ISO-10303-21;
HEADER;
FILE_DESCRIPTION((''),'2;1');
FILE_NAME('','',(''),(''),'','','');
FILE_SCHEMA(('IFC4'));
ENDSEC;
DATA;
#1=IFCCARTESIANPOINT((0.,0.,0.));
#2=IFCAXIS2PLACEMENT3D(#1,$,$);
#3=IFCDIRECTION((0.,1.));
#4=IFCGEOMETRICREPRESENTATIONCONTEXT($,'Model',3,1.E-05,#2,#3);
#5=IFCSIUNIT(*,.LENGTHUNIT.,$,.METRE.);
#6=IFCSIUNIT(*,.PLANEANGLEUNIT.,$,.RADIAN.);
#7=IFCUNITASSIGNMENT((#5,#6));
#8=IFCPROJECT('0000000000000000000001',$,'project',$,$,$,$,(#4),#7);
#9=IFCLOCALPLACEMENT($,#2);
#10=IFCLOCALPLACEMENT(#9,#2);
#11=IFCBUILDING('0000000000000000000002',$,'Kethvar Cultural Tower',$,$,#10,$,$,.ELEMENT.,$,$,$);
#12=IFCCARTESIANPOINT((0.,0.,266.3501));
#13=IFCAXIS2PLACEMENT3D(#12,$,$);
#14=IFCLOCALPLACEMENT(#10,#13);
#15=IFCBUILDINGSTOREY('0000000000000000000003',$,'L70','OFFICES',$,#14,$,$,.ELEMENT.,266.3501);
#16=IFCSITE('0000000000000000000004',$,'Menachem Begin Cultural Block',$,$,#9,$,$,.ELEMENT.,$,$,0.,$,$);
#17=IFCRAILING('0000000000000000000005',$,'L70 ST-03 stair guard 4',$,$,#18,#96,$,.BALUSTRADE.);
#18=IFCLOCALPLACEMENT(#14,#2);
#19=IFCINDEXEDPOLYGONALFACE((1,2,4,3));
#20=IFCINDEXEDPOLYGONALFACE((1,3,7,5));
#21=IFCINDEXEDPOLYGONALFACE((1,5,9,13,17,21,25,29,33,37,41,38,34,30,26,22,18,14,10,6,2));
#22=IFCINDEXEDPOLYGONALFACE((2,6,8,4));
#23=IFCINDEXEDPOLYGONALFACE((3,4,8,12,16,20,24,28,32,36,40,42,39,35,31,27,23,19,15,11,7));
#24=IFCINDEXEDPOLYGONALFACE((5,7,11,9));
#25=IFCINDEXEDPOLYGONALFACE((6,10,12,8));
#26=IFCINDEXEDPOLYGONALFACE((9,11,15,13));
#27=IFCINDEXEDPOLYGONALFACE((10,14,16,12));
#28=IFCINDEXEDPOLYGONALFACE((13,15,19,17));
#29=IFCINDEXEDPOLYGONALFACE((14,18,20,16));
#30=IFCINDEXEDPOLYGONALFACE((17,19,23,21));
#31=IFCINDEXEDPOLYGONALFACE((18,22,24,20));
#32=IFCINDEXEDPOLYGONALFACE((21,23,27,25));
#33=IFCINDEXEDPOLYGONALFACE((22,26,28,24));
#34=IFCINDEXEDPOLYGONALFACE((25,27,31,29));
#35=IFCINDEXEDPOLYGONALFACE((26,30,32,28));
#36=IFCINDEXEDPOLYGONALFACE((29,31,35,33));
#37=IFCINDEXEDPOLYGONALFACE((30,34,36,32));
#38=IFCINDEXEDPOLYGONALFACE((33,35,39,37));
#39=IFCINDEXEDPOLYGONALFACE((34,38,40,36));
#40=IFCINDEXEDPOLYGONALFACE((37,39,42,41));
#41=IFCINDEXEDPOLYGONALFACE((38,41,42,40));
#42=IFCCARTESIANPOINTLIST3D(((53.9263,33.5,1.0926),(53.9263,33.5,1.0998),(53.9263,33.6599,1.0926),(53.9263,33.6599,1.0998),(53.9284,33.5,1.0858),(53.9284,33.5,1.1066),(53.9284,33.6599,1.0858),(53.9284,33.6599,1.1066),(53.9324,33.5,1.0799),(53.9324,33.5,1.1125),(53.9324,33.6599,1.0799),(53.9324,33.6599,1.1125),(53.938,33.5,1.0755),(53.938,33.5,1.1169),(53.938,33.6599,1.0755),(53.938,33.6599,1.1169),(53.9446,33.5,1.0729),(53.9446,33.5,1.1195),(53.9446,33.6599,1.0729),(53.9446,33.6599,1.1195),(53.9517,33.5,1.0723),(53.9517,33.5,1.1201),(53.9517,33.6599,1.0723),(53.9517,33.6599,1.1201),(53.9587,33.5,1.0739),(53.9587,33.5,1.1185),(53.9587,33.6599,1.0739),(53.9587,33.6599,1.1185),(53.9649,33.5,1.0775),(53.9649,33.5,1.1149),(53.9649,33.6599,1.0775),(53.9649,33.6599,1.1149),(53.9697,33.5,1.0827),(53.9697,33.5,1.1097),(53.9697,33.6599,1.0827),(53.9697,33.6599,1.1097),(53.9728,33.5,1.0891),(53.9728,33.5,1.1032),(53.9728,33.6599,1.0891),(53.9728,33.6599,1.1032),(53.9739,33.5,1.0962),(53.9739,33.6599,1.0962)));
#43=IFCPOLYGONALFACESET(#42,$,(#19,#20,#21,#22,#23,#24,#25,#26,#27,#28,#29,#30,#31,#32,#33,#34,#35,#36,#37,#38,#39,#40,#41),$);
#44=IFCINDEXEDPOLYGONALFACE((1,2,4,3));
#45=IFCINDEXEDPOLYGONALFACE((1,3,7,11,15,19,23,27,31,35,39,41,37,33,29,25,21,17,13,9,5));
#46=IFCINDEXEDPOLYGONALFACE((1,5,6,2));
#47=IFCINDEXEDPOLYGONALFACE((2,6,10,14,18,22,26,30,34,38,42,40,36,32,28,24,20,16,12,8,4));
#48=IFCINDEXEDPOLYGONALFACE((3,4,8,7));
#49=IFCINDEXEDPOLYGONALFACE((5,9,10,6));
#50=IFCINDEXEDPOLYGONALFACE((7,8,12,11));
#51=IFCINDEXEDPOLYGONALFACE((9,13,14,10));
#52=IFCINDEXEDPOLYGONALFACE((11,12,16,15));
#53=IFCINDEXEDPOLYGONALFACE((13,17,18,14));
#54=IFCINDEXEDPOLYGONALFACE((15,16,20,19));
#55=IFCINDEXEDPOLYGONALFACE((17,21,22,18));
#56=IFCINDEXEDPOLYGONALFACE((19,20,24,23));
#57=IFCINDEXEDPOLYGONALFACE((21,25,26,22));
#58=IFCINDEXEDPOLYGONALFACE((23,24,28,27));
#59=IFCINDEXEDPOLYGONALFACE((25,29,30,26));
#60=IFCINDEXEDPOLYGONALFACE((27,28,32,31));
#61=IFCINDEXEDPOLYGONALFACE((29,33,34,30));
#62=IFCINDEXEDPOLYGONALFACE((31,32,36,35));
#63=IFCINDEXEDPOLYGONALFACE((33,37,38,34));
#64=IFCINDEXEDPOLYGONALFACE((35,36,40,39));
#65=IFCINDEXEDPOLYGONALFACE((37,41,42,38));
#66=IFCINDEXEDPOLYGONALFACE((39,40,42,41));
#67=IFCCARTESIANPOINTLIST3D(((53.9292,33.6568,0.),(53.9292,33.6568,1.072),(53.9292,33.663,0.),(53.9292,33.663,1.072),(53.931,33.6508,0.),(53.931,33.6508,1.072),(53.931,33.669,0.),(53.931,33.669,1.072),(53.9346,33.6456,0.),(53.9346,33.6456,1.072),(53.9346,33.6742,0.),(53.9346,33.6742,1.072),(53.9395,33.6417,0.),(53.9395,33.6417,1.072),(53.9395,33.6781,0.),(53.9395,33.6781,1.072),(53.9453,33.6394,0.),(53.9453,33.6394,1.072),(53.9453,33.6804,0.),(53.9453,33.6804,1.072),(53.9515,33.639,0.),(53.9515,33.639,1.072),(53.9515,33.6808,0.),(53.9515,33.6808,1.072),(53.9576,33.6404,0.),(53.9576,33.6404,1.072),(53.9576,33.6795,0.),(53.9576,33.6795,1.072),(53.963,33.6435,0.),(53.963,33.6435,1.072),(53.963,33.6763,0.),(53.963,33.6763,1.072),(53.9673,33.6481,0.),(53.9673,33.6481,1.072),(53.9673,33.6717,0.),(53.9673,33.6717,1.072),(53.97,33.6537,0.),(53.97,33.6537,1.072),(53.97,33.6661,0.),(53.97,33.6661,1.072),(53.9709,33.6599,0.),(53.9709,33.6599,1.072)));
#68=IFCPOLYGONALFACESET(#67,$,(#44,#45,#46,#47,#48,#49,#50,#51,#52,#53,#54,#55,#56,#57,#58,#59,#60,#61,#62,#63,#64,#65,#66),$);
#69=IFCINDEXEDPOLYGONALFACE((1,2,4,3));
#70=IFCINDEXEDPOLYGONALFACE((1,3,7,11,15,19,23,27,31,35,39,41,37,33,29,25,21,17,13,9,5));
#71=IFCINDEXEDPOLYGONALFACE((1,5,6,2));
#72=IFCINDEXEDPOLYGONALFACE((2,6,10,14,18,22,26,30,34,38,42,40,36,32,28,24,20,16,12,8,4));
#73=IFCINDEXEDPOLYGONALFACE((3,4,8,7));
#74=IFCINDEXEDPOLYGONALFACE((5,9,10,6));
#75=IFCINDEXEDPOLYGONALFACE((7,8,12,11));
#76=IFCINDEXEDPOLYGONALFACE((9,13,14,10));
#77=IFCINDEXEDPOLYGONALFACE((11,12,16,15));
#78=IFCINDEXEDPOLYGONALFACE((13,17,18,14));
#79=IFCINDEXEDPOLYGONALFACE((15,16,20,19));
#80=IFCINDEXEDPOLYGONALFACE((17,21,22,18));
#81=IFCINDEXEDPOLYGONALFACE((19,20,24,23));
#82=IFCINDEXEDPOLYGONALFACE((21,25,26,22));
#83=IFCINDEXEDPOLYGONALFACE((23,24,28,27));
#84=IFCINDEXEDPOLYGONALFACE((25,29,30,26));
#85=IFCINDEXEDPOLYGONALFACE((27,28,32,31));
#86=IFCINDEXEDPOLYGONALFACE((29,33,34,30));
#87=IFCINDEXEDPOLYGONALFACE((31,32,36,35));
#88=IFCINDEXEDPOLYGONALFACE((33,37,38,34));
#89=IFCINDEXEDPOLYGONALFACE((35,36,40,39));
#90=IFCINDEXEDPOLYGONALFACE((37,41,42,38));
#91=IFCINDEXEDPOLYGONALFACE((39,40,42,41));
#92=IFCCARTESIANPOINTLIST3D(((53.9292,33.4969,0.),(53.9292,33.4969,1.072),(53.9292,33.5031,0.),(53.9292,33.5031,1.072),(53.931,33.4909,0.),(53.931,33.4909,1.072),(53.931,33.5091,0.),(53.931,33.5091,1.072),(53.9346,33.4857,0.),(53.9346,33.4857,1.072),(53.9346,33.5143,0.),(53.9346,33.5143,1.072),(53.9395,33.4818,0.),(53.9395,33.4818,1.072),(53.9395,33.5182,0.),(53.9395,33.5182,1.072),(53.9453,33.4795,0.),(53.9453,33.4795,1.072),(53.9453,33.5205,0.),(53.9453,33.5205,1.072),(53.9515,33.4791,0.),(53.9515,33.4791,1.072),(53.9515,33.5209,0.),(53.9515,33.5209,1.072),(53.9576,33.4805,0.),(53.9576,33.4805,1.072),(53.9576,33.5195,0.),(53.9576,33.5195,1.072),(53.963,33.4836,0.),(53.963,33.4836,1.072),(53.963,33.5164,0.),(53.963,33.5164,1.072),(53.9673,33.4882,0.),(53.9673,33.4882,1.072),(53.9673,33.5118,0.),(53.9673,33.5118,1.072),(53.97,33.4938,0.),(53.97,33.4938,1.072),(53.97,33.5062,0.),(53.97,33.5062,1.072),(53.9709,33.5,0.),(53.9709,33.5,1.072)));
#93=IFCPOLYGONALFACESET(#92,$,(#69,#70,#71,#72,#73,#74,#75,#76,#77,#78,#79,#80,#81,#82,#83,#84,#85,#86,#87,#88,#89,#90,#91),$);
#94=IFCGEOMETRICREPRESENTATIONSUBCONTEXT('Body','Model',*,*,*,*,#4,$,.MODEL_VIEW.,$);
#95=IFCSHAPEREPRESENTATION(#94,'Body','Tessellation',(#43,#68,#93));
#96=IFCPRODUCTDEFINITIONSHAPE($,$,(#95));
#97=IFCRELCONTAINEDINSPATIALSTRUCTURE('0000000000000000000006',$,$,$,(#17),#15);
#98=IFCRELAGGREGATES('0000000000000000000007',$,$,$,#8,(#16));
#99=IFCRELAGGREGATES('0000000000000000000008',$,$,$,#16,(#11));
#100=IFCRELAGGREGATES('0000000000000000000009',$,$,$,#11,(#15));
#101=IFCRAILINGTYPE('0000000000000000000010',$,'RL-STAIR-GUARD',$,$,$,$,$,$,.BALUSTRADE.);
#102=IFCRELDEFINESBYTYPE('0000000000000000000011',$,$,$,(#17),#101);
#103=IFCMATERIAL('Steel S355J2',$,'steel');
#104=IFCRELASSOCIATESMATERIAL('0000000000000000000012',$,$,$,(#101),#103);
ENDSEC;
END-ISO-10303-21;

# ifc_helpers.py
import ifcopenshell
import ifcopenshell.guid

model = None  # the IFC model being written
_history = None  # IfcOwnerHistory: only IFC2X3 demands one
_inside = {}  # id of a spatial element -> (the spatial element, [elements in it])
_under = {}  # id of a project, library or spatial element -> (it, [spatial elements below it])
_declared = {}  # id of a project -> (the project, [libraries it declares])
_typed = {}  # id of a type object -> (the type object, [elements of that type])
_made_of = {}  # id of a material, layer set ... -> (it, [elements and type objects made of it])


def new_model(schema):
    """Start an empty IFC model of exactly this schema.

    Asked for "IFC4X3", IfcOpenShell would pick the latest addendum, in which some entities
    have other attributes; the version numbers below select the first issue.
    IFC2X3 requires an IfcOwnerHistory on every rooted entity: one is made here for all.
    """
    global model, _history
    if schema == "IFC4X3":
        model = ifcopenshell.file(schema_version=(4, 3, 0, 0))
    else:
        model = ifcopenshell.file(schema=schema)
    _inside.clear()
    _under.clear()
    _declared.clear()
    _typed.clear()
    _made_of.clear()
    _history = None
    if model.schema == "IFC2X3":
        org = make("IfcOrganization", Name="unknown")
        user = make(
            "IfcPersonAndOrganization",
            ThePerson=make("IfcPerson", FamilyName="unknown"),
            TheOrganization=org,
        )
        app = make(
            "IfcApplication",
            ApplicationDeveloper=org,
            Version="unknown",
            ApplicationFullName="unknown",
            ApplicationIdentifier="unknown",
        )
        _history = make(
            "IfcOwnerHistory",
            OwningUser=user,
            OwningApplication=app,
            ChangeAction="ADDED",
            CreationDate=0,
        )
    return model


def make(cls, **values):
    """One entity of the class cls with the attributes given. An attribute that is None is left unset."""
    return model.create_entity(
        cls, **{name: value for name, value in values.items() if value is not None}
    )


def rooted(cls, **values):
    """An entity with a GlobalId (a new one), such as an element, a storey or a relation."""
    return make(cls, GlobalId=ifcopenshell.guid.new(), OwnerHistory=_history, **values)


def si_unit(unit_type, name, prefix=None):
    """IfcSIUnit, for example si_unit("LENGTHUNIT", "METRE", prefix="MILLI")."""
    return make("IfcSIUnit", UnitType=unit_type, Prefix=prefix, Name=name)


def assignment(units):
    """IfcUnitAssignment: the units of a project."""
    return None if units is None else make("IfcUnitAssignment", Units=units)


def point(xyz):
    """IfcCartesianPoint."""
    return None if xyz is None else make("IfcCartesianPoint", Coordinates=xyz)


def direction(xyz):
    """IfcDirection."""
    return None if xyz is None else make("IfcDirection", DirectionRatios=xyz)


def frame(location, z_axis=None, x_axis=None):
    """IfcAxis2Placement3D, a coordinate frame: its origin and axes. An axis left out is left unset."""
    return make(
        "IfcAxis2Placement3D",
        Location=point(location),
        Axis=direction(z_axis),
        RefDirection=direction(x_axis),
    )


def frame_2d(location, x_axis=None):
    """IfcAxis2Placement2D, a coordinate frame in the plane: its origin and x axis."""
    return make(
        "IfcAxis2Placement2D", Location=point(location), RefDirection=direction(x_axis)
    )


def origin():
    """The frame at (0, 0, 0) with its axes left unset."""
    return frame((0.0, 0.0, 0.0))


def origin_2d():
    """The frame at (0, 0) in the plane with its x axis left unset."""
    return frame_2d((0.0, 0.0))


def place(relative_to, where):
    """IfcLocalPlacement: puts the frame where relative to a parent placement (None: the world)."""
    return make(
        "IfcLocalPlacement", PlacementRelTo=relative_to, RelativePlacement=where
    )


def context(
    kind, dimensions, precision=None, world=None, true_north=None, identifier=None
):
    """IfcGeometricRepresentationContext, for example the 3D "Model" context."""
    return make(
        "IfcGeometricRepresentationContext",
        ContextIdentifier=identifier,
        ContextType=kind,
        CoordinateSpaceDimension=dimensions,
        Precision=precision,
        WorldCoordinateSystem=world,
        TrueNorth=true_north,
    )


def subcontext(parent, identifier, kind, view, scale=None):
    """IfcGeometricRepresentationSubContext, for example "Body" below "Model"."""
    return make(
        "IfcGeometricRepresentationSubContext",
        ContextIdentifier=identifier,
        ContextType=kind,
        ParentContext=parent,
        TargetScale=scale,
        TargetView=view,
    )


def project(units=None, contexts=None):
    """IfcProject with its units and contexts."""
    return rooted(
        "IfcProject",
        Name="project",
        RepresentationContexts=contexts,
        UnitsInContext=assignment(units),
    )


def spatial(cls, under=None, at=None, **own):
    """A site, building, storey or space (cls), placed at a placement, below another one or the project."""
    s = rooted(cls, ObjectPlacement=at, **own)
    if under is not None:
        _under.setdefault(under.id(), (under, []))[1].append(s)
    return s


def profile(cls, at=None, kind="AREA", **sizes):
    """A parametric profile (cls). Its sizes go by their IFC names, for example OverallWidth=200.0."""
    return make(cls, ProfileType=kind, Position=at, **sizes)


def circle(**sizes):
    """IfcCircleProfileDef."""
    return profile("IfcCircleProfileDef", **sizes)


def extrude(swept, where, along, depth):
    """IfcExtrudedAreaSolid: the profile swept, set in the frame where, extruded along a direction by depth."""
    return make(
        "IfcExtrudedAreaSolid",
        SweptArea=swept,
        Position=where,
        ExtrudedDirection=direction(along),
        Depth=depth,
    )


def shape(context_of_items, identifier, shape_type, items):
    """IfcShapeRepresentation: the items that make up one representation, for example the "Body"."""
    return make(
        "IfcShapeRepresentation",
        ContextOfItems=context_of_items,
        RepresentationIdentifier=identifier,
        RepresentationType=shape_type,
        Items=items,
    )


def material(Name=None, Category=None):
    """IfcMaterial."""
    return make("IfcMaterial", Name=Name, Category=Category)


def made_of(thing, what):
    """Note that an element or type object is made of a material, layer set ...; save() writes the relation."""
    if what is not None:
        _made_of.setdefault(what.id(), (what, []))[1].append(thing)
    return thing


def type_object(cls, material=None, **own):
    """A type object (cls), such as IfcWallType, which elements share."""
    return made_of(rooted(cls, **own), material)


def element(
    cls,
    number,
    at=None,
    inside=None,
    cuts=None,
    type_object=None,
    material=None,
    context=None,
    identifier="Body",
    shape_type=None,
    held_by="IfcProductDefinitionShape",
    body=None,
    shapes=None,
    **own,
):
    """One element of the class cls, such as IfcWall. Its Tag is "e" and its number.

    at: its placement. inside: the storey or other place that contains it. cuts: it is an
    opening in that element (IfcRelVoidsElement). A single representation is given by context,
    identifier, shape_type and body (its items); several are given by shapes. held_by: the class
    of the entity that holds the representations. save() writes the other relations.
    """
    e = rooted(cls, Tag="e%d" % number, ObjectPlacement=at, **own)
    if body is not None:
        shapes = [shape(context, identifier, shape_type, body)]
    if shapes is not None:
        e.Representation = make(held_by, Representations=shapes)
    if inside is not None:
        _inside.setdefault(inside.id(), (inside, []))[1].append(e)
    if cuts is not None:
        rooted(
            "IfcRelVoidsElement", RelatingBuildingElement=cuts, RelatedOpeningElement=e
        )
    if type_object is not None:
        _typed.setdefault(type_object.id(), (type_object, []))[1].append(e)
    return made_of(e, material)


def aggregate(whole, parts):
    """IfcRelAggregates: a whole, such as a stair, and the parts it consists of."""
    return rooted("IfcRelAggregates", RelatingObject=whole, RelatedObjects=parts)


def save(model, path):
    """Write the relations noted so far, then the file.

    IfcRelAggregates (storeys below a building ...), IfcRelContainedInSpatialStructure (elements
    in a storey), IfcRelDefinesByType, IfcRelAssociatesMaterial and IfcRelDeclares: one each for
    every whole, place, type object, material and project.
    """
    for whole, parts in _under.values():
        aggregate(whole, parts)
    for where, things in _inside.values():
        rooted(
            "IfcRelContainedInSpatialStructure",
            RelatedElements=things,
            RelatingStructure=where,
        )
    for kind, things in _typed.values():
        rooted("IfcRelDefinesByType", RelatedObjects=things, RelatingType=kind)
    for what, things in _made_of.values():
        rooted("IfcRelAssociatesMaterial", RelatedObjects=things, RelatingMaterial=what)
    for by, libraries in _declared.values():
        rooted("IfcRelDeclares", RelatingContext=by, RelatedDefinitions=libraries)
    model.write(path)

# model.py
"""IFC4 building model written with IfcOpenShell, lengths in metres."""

from ifc_helpers import new_model, si_unit, direction, frame, origin, origin_2d, place, context, subcontext, project, spatial, circle, extrude, material, type_object, element, save


model = new_model("IFC4")

# Units and contexts
model_context = context("Model", 3, precision=1e-05, world=origin(), true_north=direction((0.0, 1.0)))
body_context = subcontext(model_context, "Body", "Model", "MODEL_VIEW")
ifc_project = project(units=[si_unit("LENGTHUNIT", "METRE"), si_unit("PLANEANGLEUNIT", "RADIAN")], contexts=[model_context])

# Site, building, storey
site_placement = place(None, origin())
site = spatial("IfcSite", under=ifc_project, at=site_placement, Name="Menachem Begin Cultural Block", CompositionType="ELEMENT", RefElevation=0.0)
building_placement = place(site_placement, origin())
building = spatial("IfcBuilding", under=site, at=building_placement, Name="Kethvar Cultural Tower", CompositionType="ELEMENT")
storey_placement = place(building_placement, frame((0.0, 0.0, 266.3501)))
storey = spatial("IfcBuildingStorey", under=building, at=storey_placement, Name="L70", Description="OFFICES", CompositionType="ELEMENT", Elevation=266.3501)

# Shared definitions
ifc_material_1 = material(Name="Steel S355J2", Category="steel")

# Railing
railing_type_1 = type_object("IfcRailingType", Name="RL-STAIR-GUARD", PredefinedType="BALUSTRADE", material=ifc_material_1)
railing_1_placement = place(storey_placement, frame((53.95, 33.6599, 0.0)))
element("IfcRailing", 1, at=railing_1_placement, inside=storey, type_object=railing_type_1, Name="L70 ST-03 stair guard 4", PredefinedType="BALUSTRADE", context=body_context, shape_type="SweptSolid", body=[
    extrude(circle(Radius=0.0239, at=origin_2d()), frame((0.0, 0.0, 1.0962), z_axis=(0.0, -1.0, 0.0), x_axis=(1.0, 0.0, 0.0)), (0.0, 0.0, 1.0), 0.1599),
    extrude(circle(Radius=0.021, at=origin_2d()), origin(), (0.0, 0.0, 1.0), 1.072),
    extrude(circle(Radius=0.021, at=origin_2d()), frame((0.0, -0.1599, 0.0)), (0.0, 0.0, 1.0), 1.072),
])

save(model, "model.ifc")
